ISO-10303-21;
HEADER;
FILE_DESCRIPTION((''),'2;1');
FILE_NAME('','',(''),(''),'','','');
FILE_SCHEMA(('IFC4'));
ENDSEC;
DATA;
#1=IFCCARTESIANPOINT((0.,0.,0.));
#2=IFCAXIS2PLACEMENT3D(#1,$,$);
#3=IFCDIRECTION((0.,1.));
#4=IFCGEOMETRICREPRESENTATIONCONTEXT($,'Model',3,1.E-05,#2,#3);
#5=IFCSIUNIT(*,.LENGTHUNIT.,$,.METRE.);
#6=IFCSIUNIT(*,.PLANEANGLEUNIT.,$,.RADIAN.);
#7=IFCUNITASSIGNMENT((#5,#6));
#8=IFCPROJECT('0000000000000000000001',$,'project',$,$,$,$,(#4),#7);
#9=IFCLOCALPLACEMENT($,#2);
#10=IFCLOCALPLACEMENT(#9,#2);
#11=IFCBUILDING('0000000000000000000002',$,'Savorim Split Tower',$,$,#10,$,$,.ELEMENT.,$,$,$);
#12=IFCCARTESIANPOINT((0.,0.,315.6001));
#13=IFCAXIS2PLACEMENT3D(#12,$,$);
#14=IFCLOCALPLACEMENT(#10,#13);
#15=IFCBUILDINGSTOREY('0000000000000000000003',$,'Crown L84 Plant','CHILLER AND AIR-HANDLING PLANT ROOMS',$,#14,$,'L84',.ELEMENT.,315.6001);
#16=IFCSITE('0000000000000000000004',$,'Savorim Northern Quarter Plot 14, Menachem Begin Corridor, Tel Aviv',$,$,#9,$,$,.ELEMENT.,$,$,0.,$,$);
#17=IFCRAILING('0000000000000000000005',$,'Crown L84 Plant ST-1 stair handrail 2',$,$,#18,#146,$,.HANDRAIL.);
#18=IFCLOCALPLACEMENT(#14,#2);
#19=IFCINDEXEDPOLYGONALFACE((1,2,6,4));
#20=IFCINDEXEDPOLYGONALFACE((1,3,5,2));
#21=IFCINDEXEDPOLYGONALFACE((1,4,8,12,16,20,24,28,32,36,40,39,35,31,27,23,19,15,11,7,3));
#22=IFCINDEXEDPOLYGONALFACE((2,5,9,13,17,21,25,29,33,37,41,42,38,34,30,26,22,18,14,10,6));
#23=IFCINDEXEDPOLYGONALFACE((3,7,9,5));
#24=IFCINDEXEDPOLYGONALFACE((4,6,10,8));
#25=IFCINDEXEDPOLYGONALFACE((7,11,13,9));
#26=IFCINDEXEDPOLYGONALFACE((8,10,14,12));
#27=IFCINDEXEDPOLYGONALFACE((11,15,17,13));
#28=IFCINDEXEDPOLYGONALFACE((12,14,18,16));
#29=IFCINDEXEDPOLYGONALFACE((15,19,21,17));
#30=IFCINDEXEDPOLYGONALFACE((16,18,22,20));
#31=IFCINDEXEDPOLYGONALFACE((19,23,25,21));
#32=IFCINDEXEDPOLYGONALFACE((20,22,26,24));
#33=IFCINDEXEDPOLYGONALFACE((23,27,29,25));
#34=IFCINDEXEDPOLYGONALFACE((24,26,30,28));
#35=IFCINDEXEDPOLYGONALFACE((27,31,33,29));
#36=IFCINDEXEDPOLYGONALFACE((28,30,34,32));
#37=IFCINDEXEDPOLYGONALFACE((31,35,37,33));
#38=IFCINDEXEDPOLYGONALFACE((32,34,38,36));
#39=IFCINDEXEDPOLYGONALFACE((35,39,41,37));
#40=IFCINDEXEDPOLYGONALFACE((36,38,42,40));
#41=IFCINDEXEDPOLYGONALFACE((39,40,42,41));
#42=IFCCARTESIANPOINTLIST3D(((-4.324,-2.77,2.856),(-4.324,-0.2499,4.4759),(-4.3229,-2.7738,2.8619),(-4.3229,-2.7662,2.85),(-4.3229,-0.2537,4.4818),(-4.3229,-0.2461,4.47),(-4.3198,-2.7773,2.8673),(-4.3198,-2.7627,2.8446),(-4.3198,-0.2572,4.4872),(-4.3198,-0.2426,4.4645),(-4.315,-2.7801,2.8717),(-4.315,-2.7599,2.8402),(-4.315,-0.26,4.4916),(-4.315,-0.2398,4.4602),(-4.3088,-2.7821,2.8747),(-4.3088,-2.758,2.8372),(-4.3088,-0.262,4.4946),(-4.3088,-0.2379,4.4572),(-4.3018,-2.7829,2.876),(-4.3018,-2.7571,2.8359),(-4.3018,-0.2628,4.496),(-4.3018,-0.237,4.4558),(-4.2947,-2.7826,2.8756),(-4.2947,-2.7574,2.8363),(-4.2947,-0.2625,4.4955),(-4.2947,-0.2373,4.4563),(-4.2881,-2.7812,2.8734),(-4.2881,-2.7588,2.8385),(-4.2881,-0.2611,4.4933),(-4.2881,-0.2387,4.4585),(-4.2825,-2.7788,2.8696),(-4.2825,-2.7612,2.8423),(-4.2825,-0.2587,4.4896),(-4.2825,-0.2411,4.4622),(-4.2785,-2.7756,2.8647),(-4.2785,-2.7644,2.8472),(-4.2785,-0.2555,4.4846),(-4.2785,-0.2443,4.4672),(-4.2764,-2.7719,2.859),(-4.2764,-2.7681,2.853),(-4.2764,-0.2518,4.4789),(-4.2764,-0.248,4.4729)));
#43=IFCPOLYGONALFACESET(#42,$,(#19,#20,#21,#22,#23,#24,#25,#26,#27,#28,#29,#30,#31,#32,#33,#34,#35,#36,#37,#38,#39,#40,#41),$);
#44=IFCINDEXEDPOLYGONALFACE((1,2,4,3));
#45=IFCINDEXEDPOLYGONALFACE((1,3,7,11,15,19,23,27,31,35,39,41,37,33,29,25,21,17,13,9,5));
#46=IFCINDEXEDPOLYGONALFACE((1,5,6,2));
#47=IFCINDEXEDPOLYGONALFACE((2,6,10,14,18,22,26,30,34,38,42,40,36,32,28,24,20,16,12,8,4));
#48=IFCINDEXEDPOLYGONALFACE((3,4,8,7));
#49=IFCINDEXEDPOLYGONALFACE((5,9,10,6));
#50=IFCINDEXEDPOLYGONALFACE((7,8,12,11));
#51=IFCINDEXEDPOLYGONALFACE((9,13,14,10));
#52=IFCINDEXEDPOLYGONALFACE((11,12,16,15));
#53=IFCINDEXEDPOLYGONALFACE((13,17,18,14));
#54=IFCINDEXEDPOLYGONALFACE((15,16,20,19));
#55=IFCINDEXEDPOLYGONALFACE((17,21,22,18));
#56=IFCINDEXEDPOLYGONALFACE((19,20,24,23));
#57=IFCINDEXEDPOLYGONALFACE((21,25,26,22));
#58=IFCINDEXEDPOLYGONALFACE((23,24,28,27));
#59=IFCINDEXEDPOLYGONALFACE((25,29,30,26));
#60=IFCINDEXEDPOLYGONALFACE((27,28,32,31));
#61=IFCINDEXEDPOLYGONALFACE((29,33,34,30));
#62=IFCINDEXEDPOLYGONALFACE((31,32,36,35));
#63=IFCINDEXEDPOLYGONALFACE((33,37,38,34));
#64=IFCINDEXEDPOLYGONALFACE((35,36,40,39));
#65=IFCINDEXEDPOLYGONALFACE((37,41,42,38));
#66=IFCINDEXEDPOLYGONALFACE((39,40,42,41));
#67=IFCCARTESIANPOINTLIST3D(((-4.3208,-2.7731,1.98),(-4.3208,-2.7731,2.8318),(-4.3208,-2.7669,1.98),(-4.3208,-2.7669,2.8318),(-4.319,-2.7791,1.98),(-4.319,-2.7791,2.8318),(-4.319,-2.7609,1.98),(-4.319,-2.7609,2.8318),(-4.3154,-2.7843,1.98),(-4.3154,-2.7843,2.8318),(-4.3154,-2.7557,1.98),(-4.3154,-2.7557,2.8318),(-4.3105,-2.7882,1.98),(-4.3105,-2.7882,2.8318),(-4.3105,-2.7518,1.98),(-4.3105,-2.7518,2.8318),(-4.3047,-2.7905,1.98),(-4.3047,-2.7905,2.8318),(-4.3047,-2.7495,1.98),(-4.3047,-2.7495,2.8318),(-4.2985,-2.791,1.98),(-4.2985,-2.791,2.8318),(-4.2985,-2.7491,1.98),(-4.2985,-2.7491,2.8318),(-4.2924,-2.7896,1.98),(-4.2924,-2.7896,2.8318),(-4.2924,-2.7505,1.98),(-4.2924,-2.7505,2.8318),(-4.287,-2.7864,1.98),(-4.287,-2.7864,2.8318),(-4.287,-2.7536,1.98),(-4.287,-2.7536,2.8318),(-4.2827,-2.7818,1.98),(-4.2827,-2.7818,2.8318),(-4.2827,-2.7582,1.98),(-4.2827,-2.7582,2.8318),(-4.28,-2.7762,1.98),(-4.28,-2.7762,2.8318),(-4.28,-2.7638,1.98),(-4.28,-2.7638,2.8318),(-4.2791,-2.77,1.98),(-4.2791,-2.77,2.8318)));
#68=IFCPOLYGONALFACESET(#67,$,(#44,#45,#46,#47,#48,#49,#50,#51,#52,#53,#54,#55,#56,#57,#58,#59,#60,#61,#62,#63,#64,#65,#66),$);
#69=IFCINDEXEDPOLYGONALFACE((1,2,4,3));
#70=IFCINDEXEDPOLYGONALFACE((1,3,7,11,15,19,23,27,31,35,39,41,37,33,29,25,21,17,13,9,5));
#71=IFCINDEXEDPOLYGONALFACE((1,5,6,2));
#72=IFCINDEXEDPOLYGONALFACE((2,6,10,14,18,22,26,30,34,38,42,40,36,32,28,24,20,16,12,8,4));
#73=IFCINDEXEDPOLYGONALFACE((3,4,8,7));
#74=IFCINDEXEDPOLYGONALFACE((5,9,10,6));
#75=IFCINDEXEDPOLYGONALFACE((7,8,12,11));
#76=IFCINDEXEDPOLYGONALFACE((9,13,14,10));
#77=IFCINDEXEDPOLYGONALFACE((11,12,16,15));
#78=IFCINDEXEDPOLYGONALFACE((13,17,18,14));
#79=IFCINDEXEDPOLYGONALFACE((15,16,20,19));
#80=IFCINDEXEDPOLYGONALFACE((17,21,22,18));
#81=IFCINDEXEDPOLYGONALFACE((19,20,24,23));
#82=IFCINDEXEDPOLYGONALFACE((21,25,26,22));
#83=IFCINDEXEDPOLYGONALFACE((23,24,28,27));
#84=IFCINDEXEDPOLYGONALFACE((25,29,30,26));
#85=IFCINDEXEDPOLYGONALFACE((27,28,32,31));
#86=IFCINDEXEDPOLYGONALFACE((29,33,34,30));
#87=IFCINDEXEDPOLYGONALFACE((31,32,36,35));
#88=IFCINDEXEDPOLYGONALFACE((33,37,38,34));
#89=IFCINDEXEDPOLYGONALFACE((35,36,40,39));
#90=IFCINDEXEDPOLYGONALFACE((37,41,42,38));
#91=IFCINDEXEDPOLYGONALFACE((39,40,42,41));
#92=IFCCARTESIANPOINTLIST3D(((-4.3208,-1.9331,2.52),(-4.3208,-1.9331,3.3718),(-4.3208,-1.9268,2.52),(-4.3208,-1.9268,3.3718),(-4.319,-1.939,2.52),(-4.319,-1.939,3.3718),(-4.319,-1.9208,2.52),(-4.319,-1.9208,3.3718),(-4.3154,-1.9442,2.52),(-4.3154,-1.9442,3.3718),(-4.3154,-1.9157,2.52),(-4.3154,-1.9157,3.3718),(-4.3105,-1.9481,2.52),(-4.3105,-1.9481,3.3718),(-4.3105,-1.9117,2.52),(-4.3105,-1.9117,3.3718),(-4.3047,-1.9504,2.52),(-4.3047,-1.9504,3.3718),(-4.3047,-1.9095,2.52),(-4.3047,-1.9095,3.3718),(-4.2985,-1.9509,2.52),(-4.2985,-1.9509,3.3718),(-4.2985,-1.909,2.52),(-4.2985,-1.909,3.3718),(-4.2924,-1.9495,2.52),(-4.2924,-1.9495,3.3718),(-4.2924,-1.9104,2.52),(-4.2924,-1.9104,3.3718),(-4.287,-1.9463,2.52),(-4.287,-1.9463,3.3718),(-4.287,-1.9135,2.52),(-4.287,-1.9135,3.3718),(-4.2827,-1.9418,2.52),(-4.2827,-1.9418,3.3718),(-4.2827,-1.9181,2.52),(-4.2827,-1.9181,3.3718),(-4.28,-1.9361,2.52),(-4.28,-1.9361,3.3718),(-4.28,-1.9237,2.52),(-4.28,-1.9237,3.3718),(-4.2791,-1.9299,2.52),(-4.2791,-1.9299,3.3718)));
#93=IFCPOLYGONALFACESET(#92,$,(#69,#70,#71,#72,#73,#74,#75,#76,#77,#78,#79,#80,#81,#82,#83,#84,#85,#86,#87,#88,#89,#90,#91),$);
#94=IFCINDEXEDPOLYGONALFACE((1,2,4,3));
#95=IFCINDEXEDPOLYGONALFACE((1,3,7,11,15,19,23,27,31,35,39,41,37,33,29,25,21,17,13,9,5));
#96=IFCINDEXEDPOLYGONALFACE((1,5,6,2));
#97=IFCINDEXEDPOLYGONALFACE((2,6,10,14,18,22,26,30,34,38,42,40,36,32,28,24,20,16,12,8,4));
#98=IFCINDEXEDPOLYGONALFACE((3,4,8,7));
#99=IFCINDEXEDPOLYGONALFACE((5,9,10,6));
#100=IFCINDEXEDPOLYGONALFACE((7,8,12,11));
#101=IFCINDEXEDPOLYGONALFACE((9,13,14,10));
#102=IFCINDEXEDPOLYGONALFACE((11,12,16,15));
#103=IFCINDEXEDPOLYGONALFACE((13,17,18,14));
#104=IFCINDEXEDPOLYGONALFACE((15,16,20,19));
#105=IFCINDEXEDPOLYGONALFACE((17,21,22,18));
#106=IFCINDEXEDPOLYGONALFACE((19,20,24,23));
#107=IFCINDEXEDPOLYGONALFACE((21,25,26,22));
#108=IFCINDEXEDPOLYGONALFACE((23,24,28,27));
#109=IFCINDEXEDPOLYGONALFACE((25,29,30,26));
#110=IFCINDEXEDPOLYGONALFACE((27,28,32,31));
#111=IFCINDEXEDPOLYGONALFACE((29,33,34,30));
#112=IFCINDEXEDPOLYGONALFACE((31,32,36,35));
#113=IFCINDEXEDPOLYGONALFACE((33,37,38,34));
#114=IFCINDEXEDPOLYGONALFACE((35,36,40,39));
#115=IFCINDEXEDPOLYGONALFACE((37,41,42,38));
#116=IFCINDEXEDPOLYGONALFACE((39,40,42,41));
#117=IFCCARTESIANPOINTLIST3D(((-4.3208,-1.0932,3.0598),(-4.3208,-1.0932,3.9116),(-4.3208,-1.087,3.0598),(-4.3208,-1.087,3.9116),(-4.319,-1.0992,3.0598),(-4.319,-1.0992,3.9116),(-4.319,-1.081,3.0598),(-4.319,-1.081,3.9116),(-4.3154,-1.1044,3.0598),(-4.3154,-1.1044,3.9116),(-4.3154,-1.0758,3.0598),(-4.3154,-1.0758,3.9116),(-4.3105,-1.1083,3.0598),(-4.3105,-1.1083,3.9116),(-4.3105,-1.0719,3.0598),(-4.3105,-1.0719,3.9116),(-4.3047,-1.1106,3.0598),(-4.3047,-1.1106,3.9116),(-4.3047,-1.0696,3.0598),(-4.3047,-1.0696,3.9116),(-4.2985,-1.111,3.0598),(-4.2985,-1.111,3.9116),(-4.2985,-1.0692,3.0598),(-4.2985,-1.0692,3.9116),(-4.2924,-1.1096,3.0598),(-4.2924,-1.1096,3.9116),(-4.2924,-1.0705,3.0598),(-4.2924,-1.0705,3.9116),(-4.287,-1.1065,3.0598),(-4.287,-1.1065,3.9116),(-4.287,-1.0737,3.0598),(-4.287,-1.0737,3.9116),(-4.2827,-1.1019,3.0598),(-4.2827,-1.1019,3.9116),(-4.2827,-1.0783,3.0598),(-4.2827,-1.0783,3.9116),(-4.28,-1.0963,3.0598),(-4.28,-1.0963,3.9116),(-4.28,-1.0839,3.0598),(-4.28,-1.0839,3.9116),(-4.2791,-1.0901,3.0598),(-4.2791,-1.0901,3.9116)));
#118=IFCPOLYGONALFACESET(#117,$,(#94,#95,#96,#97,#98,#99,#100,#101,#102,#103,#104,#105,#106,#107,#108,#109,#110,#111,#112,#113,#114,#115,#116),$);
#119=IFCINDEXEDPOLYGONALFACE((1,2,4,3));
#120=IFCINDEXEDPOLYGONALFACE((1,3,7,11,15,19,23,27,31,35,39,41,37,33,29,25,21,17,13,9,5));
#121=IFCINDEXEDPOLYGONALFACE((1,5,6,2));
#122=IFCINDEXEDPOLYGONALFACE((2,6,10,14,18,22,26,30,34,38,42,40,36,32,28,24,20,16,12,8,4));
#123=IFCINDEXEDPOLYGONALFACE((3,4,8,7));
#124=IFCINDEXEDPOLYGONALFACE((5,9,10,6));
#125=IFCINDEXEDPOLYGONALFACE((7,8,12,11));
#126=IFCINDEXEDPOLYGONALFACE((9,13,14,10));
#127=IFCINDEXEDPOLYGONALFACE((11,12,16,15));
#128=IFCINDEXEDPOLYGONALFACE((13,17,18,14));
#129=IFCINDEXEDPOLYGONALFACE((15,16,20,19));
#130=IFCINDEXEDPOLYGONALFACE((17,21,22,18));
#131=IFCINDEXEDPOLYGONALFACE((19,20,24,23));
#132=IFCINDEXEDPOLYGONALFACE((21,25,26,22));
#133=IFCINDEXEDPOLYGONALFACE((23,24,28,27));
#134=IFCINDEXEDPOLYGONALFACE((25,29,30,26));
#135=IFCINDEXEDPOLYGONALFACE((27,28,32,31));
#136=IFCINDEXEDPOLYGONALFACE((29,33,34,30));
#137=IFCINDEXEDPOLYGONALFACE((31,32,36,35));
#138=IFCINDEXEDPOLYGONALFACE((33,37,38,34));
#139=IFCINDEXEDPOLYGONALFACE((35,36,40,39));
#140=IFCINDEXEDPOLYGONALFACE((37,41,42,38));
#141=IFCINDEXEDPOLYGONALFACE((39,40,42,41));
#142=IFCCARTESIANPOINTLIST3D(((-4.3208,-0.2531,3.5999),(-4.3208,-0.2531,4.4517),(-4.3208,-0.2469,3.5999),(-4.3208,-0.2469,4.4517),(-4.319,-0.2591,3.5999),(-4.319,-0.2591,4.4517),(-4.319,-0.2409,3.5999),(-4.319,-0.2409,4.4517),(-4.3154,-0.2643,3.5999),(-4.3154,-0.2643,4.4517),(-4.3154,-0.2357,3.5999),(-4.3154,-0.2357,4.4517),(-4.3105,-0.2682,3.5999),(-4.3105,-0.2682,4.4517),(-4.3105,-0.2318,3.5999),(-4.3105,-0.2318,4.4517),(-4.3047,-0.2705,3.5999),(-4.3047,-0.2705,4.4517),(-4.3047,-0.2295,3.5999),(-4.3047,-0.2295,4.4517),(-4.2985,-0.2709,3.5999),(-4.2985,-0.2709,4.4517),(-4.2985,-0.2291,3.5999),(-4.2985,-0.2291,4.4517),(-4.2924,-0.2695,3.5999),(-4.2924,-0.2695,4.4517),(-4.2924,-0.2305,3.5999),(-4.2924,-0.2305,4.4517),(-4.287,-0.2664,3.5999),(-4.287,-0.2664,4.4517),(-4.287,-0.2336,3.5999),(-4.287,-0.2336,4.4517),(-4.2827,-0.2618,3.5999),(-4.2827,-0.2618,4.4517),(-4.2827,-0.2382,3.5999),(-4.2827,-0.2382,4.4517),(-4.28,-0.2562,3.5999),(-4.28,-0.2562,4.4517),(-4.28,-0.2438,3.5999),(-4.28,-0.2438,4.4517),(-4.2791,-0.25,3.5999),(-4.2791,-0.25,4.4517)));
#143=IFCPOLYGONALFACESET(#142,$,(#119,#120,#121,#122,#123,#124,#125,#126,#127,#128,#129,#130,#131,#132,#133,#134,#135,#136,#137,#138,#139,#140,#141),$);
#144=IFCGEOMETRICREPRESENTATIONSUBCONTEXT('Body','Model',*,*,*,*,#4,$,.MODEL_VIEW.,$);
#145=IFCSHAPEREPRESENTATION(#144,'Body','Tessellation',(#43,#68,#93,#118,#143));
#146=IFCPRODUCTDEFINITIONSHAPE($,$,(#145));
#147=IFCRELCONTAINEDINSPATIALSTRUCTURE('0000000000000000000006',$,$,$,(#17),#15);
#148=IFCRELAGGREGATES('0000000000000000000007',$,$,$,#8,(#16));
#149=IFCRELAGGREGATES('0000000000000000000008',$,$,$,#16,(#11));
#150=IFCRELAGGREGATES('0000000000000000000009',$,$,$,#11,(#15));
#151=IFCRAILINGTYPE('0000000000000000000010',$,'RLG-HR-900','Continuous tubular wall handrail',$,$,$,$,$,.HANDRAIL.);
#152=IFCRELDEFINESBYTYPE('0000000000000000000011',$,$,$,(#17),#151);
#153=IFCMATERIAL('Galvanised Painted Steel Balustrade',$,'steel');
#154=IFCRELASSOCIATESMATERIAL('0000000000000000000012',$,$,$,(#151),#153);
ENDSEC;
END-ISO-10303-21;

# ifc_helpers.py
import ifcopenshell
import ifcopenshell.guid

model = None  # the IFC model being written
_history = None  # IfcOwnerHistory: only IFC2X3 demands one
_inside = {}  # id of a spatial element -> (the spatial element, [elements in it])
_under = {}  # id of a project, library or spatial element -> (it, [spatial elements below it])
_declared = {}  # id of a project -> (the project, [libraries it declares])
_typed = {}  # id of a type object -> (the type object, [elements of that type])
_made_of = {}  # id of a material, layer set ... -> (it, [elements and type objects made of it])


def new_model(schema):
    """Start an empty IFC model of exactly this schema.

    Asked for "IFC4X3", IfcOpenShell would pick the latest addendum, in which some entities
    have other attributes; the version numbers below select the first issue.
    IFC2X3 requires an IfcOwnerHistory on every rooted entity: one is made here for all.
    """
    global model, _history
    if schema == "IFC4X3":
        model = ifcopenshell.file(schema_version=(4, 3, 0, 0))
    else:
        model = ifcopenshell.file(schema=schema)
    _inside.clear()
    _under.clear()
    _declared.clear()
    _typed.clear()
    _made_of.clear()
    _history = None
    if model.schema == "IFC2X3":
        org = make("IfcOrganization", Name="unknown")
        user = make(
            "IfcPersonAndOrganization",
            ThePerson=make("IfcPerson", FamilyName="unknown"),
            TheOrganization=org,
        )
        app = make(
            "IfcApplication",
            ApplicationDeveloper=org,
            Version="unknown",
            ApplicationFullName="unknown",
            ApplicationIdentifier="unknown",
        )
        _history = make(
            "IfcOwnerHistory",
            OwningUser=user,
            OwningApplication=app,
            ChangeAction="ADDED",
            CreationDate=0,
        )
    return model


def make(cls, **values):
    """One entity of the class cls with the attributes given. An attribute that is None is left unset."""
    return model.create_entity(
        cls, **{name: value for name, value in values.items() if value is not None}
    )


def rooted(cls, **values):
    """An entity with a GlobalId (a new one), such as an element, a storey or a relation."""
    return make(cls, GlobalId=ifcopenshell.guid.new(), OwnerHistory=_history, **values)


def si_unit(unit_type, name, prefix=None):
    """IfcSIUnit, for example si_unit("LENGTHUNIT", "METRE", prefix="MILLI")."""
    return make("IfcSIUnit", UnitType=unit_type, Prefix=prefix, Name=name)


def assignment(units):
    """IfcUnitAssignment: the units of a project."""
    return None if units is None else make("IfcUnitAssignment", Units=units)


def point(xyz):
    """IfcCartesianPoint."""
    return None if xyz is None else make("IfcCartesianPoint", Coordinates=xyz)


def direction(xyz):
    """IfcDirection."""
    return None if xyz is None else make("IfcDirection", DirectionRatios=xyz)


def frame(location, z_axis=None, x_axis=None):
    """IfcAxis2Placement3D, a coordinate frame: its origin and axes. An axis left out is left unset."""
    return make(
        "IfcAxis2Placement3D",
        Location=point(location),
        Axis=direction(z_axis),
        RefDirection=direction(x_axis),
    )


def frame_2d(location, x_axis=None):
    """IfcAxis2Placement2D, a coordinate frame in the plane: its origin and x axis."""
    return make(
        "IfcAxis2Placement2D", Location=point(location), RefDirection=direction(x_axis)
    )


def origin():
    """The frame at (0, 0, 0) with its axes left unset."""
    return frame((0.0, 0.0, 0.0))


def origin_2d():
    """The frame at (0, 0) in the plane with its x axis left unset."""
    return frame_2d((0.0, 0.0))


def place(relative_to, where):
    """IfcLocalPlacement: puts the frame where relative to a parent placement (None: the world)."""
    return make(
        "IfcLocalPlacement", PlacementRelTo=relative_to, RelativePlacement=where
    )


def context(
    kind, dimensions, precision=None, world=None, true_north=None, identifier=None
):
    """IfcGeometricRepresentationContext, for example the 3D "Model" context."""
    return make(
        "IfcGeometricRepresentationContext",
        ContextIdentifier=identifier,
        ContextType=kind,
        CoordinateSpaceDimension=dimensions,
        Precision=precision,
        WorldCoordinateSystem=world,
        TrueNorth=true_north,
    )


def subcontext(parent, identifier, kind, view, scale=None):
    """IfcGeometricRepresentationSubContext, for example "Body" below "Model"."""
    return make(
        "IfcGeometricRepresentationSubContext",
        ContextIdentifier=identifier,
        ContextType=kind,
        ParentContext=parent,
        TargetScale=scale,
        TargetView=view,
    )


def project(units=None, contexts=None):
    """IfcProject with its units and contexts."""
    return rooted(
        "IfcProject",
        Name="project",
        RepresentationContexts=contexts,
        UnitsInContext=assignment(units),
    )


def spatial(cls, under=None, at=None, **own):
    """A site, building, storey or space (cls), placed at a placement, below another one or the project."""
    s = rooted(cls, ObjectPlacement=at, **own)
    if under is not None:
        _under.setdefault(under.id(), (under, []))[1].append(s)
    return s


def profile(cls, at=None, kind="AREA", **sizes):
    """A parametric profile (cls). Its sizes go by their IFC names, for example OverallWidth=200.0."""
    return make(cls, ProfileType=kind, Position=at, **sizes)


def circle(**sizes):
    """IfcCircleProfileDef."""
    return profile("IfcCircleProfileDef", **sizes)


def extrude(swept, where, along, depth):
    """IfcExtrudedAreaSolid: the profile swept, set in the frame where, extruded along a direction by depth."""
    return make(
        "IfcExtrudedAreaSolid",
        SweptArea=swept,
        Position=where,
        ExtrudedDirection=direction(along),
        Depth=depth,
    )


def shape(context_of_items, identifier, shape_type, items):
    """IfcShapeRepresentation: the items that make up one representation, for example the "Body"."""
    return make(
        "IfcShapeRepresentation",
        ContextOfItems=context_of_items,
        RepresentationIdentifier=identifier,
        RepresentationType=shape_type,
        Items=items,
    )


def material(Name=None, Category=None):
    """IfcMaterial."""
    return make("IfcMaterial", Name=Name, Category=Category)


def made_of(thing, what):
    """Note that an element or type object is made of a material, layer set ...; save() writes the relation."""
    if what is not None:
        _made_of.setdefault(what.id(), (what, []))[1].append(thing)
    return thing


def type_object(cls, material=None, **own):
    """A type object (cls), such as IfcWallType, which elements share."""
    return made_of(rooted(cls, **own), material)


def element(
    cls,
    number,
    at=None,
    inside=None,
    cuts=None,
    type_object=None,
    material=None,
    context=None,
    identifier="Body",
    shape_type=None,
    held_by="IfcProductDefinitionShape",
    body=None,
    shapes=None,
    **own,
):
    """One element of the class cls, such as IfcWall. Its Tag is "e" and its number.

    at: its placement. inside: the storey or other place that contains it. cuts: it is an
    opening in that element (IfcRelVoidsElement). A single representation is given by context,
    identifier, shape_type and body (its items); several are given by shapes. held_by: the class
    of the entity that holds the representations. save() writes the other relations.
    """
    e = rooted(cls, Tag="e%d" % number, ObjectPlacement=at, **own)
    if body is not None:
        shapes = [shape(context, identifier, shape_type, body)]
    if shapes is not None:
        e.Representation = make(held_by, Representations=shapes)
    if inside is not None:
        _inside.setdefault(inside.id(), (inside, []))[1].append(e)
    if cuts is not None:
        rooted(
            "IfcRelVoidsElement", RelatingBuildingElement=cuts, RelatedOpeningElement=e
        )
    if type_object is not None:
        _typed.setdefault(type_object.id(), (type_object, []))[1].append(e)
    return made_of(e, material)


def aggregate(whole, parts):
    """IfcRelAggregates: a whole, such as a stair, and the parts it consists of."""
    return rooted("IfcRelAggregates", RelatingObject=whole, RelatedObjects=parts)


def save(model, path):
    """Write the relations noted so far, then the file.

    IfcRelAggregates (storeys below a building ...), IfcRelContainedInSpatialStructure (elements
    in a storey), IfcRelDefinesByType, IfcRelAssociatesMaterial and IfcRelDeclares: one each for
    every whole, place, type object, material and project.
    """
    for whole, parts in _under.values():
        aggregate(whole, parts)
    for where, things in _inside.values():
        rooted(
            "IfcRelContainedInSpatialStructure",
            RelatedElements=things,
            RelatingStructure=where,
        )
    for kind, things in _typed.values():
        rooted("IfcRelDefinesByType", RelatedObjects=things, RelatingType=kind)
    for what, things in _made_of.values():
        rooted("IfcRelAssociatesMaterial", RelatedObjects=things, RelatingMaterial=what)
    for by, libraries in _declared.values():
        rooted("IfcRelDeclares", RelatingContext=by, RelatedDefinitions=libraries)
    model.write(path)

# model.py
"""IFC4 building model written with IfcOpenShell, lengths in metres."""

from ifc_helpers import new_model, si_unit, direction, frame, origin, origin_2d, place, context, subcontext, project, spatial, circle, extrude, material, type_object, element, save


model = new_model("IFC4")

# Units and contexts
model_context = context("Model", 3, precision=1e-05, world=origin(), true_north=direction((0.0, 1.0)))
body_context = subcontext(model_context, "Body", "Model", "MODEL_VIEW")
ifc_project = project(units=[si_unit("LENGTHUNIT", "METRE"), si_unit("PLANEANGLEUNIT", "RADIAN")], contexts=[model_context])

# Site, building, storey
site_placement = place(None, origin())
site = spatial("IfcSite", under=ifc_project, at=site_placement, Name="Savorim Northern Quarter Plot 14, Menachem Begin Corridor, Tel Aviv", CompositionType="ELEMENT", RefElevation=0.0)
building_placement = place(site_placement, origin())
building = spatial("IfcBuilding", under=site, at=building_placement, Name="Savorim Split Tower", CompositionType="ELEMENT")
storey_placement = place(building_placement, frame((0.0, 0.0, 315.6001)))
storey = spatial("IfcBuildingStorey", under=building, at=storey_placement, Name="Crown L84 Plant", Description="CHILLER AND AIR-HANDLING PLANT ROOMS", LongName="L84", CompositionType="ELEMENT", Elevation=315.6001)

# Railing
ifc_material_1 = material(Name="Galvanised Painted Steel Balustrade", Category="steel")
railing_type_1 = type_object("IfcRailingType", Name="RLG-HR-900", Description="Continuous tubular wall handrail", PredefinedType="HANDRAIL", material=ifc_material_1)
railing_1_placement = place(storey_placement, frame((-4.3, -2.77, 1.98)))
element("IfcRailing", 1, at=railing_1_placement, inside=storey, type_object=railing_type_1, Name="Crown L84 Plant ST-1 stair handrail 2", PredefinedType="HANDRAIL", context=body_context, shape_type="SweptSolid", body=[
    extrude(circle(Radius=0.0239, at=origin_2d()), frame((0.0, 0.0, 0.876), z_axis=(0.0, 0.8412, 0.540725), x_axis=(-1.0, 0.0, 0.0)), (0.0, 0.0, 1.0), 2.9958),
    extrude(circle(Radius=0.021, at=origin_2d()), origin(), (0.0, 0.0, 1.0), 0.8518),
    extrude(circle(Radius=0.021, at=origin_2d()), frame((0.0, 0.8401, 0.54)), (0.0, 0.0, 1.0), 0.8518),
    extrude(circle(Radius=0.021, at=origin_2d()), frame((0.0, 1.6799, 1.0798)), (0.0, 0.0, 1.0), 0.8518),
    extrude(circle(Radius=0.021, at=origin_2d()), frame((0.0, 2.52, 1.6199)), (0.0, 0.0, 1.0), 0.8518),
])

save(model, "model.ifc")
